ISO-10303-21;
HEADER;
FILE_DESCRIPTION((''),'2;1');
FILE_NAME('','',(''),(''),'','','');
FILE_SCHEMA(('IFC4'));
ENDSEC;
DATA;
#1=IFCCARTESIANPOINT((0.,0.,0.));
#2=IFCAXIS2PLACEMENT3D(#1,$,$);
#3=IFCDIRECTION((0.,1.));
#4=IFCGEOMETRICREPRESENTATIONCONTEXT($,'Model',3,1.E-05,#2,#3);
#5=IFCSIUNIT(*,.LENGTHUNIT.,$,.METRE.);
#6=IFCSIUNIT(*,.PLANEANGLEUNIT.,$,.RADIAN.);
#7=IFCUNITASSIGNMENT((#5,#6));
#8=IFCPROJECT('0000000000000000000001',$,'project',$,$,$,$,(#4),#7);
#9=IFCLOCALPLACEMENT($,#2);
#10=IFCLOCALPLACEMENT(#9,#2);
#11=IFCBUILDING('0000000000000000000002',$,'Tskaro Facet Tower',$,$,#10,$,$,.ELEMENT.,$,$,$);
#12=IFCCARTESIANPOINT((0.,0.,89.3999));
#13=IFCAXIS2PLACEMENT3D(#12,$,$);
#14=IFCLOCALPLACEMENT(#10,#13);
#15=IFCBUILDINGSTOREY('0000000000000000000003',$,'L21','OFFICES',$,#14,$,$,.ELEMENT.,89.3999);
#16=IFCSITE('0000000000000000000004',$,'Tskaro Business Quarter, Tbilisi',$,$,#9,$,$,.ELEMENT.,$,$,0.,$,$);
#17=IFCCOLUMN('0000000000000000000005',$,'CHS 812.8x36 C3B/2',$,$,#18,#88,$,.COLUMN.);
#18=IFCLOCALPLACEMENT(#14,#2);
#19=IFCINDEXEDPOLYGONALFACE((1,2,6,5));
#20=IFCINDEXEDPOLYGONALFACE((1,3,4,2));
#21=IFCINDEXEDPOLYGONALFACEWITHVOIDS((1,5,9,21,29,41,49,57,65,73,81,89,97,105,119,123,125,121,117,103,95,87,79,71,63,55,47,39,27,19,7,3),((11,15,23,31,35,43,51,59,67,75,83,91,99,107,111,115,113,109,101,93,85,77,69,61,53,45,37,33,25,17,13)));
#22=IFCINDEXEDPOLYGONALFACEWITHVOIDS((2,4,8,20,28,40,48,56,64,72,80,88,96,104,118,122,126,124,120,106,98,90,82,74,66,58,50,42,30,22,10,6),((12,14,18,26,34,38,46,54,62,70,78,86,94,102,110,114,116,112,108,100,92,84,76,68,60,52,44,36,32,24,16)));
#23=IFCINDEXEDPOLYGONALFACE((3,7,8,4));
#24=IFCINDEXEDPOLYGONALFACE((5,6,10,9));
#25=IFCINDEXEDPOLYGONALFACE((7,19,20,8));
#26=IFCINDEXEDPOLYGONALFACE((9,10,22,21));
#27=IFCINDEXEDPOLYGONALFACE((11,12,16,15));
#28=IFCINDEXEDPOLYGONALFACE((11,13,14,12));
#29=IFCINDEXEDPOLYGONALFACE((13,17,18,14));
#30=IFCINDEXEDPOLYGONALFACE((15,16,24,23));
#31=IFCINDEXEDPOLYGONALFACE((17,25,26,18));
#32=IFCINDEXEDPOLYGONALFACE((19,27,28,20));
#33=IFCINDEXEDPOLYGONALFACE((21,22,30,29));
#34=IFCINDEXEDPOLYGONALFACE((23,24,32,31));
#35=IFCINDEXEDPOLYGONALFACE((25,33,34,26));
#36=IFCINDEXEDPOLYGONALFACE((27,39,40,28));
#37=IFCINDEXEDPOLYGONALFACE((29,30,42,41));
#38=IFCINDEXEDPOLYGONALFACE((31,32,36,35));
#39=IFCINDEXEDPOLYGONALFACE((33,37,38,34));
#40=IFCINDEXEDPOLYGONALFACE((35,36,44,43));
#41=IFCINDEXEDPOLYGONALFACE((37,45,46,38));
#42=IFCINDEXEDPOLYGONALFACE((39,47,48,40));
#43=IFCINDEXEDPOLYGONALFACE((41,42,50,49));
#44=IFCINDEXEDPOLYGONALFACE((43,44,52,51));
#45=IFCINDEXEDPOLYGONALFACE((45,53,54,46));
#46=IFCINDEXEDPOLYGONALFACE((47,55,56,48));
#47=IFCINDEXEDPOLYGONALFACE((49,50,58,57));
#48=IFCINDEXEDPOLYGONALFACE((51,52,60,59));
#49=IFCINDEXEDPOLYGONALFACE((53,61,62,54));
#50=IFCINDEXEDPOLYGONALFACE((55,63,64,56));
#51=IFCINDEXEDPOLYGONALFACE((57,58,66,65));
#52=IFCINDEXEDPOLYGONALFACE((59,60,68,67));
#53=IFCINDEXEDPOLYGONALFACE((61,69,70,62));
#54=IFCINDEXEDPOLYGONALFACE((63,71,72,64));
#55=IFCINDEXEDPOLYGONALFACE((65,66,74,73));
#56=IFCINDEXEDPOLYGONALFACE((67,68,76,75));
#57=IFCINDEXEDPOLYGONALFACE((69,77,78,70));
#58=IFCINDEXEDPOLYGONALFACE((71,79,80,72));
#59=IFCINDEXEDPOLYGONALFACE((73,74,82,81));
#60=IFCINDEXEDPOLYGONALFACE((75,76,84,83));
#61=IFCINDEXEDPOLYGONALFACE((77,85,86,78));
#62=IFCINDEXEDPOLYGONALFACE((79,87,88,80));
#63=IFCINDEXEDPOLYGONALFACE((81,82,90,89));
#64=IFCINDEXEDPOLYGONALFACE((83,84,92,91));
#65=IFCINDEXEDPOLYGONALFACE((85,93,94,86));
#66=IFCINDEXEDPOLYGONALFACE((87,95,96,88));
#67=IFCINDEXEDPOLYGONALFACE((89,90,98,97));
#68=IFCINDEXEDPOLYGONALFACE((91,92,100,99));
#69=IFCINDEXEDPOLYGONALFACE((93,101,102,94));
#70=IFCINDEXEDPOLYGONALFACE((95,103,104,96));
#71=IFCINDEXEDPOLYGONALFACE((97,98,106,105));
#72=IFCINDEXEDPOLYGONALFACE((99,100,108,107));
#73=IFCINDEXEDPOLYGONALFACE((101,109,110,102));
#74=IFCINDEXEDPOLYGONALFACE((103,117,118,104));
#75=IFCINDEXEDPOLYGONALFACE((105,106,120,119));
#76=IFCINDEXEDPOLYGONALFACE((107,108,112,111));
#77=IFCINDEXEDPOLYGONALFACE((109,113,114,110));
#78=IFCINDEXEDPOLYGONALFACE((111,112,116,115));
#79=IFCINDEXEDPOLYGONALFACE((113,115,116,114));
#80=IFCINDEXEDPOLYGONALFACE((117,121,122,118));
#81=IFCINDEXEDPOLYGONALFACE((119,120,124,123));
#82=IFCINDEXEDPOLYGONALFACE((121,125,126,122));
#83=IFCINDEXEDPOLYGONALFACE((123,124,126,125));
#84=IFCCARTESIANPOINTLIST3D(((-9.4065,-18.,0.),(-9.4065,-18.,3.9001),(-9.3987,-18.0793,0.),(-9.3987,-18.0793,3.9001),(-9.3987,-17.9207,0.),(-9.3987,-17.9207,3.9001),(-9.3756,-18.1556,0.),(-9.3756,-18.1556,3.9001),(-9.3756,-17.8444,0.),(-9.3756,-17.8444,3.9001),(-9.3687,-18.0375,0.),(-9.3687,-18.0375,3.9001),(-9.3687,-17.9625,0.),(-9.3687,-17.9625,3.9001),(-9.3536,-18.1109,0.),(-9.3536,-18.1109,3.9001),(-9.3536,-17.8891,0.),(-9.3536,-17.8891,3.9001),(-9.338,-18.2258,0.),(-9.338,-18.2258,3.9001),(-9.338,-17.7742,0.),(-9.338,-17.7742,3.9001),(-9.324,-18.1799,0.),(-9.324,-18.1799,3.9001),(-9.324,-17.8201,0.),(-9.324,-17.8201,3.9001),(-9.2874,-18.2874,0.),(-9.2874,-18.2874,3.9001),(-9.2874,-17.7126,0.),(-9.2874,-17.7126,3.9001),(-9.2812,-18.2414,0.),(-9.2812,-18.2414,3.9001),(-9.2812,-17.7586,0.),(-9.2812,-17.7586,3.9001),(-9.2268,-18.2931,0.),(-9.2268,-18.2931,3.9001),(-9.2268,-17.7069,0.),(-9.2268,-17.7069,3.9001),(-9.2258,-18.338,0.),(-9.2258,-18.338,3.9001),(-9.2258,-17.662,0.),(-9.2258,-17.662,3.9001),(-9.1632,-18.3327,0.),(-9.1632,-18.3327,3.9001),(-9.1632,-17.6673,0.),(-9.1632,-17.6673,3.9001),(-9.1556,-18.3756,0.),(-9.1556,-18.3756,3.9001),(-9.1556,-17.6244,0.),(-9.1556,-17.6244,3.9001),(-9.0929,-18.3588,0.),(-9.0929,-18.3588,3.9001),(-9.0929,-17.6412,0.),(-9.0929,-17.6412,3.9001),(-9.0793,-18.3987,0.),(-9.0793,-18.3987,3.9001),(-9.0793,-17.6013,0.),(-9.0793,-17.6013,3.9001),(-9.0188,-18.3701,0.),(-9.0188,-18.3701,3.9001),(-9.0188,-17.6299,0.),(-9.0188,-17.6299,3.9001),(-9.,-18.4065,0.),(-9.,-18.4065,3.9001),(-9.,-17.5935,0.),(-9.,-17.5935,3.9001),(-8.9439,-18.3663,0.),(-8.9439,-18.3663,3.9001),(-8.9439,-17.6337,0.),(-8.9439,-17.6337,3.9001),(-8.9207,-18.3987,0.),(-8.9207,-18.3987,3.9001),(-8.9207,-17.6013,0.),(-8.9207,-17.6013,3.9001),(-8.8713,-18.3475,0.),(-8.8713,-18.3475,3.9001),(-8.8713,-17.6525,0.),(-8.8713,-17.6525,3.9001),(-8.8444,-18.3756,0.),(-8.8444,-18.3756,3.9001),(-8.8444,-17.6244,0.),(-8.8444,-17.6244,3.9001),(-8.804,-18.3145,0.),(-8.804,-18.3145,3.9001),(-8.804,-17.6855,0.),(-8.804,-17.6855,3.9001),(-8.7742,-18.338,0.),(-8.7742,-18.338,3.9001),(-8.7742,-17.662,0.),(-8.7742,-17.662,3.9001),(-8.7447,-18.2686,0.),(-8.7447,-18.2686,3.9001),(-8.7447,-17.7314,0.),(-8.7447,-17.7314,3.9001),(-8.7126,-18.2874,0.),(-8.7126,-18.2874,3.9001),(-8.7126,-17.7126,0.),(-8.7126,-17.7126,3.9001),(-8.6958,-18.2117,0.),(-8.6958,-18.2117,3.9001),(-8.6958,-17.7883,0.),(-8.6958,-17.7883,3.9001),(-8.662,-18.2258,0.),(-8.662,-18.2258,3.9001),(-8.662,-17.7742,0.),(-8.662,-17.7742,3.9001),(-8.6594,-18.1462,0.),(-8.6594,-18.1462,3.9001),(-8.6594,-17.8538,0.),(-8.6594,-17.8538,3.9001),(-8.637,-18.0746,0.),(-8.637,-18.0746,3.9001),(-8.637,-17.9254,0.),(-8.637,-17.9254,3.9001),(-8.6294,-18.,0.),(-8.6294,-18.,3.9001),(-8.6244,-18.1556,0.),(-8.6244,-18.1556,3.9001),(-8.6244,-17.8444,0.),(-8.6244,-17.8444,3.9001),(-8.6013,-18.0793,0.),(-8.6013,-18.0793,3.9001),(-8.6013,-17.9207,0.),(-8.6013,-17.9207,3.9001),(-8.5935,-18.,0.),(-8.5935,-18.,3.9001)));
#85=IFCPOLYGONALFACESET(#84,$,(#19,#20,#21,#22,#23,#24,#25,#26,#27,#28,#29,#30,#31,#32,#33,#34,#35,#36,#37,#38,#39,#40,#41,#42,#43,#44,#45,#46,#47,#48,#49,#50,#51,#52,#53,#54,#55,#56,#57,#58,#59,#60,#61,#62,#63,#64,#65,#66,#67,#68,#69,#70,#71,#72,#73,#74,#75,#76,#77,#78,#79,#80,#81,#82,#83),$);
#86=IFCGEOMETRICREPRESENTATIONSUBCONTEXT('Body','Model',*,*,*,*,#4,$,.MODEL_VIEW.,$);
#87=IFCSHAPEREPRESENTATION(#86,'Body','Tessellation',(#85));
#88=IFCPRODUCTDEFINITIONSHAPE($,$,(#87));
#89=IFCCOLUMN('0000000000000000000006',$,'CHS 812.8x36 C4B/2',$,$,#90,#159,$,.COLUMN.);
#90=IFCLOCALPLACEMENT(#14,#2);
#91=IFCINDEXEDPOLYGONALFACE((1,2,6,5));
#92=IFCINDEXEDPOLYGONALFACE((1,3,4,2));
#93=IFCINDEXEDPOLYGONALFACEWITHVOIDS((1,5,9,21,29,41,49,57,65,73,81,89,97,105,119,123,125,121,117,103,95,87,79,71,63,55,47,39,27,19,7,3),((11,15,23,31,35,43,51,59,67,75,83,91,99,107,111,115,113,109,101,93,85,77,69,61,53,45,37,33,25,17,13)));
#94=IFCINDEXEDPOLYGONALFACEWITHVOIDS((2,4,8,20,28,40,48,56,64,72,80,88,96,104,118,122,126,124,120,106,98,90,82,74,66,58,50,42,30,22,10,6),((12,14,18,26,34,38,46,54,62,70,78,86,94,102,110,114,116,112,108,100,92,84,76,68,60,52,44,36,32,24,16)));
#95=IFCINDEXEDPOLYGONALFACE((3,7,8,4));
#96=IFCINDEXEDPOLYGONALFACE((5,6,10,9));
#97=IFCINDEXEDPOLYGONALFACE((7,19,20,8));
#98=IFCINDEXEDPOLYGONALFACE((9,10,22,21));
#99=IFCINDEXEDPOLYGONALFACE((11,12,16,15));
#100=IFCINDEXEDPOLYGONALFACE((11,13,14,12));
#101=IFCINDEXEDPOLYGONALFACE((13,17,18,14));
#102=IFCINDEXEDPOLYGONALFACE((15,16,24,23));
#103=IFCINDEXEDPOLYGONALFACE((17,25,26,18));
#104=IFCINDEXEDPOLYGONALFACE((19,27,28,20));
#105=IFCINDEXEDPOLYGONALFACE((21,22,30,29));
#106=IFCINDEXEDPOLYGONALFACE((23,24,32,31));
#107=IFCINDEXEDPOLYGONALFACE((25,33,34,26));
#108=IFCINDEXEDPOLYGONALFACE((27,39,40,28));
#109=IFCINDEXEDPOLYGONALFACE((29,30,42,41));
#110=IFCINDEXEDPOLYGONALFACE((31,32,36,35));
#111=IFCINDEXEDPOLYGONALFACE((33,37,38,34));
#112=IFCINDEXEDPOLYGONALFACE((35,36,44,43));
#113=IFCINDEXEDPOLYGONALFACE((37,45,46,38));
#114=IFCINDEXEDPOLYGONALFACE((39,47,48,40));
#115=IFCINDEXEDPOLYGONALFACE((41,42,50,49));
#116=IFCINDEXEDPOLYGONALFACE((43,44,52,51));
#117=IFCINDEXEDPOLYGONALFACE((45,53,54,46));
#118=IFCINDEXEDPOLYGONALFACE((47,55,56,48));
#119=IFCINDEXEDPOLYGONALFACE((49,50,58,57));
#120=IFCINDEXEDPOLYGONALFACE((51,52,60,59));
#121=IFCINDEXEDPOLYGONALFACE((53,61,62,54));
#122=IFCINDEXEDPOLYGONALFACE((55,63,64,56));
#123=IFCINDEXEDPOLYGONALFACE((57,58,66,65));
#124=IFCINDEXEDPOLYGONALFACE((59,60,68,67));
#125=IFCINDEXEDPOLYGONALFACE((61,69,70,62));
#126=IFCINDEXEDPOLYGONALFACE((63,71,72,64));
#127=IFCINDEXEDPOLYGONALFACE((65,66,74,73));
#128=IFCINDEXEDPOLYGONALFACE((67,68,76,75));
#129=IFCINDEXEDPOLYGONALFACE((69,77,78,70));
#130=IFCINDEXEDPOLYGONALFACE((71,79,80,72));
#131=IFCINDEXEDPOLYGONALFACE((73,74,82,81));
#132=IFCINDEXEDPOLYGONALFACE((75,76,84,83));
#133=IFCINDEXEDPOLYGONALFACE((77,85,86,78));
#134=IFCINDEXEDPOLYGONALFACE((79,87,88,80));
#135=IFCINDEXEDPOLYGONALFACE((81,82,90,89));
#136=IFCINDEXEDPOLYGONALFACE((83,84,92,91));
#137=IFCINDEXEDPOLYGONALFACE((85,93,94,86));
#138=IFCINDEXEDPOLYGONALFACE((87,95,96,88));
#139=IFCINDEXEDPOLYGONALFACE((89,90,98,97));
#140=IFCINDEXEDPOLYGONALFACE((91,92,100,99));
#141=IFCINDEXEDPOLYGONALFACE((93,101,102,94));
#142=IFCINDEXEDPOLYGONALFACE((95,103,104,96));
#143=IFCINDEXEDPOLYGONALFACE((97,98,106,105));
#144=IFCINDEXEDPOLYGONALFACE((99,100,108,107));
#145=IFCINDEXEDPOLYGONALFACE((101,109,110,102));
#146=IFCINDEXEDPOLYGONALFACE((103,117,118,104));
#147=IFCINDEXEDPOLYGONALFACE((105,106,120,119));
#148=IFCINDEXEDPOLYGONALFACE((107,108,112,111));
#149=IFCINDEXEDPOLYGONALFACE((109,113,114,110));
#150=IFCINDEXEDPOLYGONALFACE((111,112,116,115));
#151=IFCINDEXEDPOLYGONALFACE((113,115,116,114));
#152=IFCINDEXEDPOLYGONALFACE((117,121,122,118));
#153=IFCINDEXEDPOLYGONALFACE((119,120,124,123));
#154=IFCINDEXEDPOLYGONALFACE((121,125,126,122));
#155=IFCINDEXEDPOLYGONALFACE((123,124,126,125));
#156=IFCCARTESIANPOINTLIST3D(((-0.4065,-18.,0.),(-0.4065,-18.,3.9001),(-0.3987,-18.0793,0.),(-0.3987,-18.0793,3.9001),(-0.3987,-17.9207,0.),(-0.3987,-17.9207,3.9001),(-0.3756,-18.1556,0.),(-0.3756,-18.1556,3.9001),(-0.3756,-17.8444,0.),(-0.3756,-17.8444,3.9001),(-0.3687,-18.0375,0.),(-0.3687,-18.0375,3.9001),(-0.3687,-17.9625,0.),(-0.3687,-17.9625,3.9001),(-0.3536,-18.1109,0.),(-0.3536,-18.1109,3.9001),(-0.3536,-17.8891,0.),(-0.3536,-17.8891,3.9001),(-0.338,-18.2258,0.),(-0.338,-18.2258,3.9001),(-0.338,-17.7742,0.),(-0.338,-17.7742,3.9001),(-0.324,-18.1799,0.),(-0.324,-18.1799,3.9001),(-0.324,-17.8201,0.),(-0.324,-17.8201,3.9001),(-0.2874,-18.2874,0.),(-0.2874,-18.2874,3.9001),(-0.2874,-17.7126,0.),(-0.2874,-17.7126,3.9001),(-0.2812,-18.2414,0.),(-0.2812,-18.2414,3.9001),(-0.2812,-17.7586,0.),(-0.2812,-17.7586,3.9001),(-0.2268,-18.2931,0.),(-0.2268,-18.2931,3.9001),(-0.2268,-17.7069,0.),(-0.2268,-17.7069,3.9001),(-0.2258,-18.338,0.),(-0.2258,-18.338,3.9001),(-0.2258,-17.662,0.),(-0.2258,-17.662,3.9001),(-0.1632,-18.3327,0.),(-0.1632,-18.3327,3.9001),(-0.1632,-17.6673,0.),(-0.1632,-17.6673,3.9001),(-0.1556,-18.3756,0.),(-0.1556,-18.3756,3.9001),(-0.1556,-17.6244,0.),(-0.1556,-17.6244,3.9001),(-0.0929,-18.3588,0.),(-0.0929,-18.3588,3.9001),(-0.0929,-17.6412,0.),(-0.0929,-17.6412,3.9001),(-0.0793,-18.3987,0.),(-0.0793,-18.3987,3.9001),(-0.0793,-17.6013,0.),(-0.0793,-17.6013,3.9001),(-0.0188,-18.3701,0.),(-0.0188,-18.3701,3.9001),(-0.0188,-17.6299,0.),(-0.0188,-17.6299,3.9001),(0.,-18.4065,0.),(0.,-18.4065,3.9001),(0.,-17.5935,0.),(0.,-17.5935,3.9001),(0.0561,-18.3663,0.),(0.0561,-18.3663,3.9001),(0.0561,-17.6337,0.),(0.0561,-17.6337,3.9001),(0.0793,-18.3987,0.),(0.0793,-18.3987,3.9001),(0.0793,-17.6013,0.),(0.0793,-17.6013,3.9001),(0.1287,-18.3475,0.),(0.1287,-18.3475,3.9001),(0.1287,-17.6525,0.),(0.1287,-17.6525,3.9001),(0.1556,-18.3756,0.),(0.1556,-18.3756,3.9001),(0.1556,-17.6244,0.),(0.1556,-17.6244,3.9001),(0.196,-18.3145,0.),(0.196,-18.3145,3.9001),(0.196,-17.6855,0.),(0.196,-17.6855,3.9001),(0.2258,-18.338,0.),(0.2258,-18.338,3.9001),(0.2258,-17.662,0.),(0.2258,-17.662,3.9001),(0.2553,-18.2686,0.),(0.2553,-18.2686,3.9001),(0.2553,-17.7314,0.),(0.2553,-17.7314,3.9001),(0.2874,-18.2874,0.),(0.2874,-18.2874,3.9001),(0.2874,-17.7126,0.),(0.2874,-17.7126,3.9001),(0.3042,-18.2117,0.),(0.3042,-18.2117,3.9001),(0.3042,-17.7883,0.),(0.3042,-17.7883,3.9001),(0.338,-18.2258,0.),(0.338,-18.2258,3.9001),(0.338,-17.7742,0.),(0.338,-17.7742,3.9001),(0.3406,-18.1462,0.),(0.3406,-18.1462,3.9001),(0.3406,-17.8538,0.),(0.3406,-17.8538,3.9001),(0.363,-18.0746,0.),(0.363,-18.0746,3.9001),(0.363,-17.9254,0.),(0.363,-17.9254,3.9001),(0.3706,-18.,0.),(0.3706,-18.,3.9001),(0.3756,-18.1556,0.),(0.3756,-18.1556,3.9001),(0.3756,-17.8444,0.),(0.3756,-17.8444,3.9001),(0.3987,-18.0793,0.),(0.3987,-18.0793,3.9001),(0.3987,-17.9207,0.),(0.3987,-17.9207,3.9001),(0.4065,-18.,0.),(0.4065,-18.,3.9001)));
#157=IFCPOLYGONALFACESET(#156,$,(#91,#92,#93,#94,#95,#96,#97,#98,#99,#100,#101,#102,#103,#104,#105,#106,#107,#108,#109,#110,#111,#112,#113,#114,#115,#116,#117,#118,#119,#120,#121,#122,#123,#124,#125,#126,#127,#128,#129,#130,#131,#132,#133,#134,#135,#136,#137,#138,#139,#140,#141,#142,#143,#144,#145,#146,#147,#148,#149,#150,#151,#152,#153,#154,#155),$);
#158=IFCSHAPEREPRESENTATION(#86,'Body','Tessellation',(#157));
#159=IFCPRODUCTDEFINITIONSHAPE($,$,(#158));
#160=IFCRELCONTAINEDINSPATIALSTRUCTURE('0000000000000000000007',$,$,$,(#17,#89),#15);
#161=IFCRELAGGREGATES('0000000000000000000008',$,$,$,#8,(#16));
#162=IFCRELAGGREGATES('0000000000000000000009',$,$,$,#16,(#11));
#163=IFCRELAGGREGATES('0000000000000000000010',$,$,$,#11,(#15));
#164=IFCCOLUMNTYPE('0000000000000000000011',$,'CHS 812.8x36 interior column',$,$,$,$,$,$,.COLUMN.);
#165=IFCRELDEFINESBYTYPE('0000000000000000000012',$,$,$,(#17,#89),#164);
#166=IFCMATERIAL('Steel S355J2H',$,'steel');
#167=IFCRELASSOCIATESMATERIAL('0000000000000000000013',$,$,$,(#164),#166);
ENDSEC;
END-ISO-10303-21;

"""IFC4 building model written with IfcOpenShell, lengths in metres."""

from ifc_helpers import new_model, si_unit, direction, frame, origin, origin_2d, place, context, subcontext, project, spatial, hollow_circle, extrude, material, material_profile, profile_set, type_object, element, save


model = new_model("IFC4")

# Units and contexts
model_context = context("Model", 3, precision=1e-05, world=origin(), true_north=direction((0.0, 1.0)))
body_context = subcontext(model_context, "Body", "Model", "MODEL_VIEW")
ifc_project = project(units=[si_unit("LENGTHUNIT", "METRE"), si_unit("PLANEANGLEUNIT", "RADIAN")], contexts=[model_context])

# Site, building, storey
site_placement = place(None, origin())
site = spatial("IfcSite", under=ifc_project, at=site_placement, Name="Tskaro Business Quarter, Tbilisi", CompositionType="ELEMENT", RefElevation=0.0)
building_placement = place(site_placement, origin())
building = spatial("IfcBuilding", under=site, at=building_placement, Name="Tskaro Facet Tower", CompositionType="ELEMENT")
storey_placement = place(building_placement, frame((0.0, 0.0, 89.3999)))
storey = spatial("IfcBuildingStorey", under=building, at=storey_placement, Name="L21", Description="OFFICES", CompositionType="ELEMENT", Elevation=89.3999)

# Columns
ifc_material_1 = material(Name="Steel S355J2H", Category="steel")
ifc_material_profile_1 = material_profile(ifc_material_1, hollow_circle(Radius=0.4065, WallThickness=0.0359, at=origin_2d()), Name="CHS 812.8x36")
ifc_profile_set_1 = profile_set([ifc_material_profile_1], Name="Steel S355J2H")
column_type_1 = type_object("IfcColumnType", Name="CHS 812.8x36 interior column", PredefinedType="COLUMN", material=ifc_profile_set_1)
for number, where, z_axis, x_axis, name in (
    (1, (-9.0, -18.0, 0.0), (0.0, 0.0, 1.0), (1.0, 0.0, 0.0), "CHS 812.8x36 C3B/2"),
    (2, (0.0, -18.0, 0.0), (0.0, 0.0, 1.0), (1.0, 0.0, 0.0), "CHS 812.8x36 C4B/2"),
):
    element("IfcColumn", number, at=place(storey_placement, frame(where, z_axis=z_axis, x_axis=x_axis)), inside=storey, type_object=column_type_1, Name=name, PredefinedType="COLUMN", context=body_context, shape_type="SweptSolid", body=[
        extrude(hollow_circle(Radius=0.4065, WallThickness=0.0359, at=origin_2d()), origin(), (0.0, 0.0, 1.0), 3.9001),
    ])

save(model, "model.ifc")
